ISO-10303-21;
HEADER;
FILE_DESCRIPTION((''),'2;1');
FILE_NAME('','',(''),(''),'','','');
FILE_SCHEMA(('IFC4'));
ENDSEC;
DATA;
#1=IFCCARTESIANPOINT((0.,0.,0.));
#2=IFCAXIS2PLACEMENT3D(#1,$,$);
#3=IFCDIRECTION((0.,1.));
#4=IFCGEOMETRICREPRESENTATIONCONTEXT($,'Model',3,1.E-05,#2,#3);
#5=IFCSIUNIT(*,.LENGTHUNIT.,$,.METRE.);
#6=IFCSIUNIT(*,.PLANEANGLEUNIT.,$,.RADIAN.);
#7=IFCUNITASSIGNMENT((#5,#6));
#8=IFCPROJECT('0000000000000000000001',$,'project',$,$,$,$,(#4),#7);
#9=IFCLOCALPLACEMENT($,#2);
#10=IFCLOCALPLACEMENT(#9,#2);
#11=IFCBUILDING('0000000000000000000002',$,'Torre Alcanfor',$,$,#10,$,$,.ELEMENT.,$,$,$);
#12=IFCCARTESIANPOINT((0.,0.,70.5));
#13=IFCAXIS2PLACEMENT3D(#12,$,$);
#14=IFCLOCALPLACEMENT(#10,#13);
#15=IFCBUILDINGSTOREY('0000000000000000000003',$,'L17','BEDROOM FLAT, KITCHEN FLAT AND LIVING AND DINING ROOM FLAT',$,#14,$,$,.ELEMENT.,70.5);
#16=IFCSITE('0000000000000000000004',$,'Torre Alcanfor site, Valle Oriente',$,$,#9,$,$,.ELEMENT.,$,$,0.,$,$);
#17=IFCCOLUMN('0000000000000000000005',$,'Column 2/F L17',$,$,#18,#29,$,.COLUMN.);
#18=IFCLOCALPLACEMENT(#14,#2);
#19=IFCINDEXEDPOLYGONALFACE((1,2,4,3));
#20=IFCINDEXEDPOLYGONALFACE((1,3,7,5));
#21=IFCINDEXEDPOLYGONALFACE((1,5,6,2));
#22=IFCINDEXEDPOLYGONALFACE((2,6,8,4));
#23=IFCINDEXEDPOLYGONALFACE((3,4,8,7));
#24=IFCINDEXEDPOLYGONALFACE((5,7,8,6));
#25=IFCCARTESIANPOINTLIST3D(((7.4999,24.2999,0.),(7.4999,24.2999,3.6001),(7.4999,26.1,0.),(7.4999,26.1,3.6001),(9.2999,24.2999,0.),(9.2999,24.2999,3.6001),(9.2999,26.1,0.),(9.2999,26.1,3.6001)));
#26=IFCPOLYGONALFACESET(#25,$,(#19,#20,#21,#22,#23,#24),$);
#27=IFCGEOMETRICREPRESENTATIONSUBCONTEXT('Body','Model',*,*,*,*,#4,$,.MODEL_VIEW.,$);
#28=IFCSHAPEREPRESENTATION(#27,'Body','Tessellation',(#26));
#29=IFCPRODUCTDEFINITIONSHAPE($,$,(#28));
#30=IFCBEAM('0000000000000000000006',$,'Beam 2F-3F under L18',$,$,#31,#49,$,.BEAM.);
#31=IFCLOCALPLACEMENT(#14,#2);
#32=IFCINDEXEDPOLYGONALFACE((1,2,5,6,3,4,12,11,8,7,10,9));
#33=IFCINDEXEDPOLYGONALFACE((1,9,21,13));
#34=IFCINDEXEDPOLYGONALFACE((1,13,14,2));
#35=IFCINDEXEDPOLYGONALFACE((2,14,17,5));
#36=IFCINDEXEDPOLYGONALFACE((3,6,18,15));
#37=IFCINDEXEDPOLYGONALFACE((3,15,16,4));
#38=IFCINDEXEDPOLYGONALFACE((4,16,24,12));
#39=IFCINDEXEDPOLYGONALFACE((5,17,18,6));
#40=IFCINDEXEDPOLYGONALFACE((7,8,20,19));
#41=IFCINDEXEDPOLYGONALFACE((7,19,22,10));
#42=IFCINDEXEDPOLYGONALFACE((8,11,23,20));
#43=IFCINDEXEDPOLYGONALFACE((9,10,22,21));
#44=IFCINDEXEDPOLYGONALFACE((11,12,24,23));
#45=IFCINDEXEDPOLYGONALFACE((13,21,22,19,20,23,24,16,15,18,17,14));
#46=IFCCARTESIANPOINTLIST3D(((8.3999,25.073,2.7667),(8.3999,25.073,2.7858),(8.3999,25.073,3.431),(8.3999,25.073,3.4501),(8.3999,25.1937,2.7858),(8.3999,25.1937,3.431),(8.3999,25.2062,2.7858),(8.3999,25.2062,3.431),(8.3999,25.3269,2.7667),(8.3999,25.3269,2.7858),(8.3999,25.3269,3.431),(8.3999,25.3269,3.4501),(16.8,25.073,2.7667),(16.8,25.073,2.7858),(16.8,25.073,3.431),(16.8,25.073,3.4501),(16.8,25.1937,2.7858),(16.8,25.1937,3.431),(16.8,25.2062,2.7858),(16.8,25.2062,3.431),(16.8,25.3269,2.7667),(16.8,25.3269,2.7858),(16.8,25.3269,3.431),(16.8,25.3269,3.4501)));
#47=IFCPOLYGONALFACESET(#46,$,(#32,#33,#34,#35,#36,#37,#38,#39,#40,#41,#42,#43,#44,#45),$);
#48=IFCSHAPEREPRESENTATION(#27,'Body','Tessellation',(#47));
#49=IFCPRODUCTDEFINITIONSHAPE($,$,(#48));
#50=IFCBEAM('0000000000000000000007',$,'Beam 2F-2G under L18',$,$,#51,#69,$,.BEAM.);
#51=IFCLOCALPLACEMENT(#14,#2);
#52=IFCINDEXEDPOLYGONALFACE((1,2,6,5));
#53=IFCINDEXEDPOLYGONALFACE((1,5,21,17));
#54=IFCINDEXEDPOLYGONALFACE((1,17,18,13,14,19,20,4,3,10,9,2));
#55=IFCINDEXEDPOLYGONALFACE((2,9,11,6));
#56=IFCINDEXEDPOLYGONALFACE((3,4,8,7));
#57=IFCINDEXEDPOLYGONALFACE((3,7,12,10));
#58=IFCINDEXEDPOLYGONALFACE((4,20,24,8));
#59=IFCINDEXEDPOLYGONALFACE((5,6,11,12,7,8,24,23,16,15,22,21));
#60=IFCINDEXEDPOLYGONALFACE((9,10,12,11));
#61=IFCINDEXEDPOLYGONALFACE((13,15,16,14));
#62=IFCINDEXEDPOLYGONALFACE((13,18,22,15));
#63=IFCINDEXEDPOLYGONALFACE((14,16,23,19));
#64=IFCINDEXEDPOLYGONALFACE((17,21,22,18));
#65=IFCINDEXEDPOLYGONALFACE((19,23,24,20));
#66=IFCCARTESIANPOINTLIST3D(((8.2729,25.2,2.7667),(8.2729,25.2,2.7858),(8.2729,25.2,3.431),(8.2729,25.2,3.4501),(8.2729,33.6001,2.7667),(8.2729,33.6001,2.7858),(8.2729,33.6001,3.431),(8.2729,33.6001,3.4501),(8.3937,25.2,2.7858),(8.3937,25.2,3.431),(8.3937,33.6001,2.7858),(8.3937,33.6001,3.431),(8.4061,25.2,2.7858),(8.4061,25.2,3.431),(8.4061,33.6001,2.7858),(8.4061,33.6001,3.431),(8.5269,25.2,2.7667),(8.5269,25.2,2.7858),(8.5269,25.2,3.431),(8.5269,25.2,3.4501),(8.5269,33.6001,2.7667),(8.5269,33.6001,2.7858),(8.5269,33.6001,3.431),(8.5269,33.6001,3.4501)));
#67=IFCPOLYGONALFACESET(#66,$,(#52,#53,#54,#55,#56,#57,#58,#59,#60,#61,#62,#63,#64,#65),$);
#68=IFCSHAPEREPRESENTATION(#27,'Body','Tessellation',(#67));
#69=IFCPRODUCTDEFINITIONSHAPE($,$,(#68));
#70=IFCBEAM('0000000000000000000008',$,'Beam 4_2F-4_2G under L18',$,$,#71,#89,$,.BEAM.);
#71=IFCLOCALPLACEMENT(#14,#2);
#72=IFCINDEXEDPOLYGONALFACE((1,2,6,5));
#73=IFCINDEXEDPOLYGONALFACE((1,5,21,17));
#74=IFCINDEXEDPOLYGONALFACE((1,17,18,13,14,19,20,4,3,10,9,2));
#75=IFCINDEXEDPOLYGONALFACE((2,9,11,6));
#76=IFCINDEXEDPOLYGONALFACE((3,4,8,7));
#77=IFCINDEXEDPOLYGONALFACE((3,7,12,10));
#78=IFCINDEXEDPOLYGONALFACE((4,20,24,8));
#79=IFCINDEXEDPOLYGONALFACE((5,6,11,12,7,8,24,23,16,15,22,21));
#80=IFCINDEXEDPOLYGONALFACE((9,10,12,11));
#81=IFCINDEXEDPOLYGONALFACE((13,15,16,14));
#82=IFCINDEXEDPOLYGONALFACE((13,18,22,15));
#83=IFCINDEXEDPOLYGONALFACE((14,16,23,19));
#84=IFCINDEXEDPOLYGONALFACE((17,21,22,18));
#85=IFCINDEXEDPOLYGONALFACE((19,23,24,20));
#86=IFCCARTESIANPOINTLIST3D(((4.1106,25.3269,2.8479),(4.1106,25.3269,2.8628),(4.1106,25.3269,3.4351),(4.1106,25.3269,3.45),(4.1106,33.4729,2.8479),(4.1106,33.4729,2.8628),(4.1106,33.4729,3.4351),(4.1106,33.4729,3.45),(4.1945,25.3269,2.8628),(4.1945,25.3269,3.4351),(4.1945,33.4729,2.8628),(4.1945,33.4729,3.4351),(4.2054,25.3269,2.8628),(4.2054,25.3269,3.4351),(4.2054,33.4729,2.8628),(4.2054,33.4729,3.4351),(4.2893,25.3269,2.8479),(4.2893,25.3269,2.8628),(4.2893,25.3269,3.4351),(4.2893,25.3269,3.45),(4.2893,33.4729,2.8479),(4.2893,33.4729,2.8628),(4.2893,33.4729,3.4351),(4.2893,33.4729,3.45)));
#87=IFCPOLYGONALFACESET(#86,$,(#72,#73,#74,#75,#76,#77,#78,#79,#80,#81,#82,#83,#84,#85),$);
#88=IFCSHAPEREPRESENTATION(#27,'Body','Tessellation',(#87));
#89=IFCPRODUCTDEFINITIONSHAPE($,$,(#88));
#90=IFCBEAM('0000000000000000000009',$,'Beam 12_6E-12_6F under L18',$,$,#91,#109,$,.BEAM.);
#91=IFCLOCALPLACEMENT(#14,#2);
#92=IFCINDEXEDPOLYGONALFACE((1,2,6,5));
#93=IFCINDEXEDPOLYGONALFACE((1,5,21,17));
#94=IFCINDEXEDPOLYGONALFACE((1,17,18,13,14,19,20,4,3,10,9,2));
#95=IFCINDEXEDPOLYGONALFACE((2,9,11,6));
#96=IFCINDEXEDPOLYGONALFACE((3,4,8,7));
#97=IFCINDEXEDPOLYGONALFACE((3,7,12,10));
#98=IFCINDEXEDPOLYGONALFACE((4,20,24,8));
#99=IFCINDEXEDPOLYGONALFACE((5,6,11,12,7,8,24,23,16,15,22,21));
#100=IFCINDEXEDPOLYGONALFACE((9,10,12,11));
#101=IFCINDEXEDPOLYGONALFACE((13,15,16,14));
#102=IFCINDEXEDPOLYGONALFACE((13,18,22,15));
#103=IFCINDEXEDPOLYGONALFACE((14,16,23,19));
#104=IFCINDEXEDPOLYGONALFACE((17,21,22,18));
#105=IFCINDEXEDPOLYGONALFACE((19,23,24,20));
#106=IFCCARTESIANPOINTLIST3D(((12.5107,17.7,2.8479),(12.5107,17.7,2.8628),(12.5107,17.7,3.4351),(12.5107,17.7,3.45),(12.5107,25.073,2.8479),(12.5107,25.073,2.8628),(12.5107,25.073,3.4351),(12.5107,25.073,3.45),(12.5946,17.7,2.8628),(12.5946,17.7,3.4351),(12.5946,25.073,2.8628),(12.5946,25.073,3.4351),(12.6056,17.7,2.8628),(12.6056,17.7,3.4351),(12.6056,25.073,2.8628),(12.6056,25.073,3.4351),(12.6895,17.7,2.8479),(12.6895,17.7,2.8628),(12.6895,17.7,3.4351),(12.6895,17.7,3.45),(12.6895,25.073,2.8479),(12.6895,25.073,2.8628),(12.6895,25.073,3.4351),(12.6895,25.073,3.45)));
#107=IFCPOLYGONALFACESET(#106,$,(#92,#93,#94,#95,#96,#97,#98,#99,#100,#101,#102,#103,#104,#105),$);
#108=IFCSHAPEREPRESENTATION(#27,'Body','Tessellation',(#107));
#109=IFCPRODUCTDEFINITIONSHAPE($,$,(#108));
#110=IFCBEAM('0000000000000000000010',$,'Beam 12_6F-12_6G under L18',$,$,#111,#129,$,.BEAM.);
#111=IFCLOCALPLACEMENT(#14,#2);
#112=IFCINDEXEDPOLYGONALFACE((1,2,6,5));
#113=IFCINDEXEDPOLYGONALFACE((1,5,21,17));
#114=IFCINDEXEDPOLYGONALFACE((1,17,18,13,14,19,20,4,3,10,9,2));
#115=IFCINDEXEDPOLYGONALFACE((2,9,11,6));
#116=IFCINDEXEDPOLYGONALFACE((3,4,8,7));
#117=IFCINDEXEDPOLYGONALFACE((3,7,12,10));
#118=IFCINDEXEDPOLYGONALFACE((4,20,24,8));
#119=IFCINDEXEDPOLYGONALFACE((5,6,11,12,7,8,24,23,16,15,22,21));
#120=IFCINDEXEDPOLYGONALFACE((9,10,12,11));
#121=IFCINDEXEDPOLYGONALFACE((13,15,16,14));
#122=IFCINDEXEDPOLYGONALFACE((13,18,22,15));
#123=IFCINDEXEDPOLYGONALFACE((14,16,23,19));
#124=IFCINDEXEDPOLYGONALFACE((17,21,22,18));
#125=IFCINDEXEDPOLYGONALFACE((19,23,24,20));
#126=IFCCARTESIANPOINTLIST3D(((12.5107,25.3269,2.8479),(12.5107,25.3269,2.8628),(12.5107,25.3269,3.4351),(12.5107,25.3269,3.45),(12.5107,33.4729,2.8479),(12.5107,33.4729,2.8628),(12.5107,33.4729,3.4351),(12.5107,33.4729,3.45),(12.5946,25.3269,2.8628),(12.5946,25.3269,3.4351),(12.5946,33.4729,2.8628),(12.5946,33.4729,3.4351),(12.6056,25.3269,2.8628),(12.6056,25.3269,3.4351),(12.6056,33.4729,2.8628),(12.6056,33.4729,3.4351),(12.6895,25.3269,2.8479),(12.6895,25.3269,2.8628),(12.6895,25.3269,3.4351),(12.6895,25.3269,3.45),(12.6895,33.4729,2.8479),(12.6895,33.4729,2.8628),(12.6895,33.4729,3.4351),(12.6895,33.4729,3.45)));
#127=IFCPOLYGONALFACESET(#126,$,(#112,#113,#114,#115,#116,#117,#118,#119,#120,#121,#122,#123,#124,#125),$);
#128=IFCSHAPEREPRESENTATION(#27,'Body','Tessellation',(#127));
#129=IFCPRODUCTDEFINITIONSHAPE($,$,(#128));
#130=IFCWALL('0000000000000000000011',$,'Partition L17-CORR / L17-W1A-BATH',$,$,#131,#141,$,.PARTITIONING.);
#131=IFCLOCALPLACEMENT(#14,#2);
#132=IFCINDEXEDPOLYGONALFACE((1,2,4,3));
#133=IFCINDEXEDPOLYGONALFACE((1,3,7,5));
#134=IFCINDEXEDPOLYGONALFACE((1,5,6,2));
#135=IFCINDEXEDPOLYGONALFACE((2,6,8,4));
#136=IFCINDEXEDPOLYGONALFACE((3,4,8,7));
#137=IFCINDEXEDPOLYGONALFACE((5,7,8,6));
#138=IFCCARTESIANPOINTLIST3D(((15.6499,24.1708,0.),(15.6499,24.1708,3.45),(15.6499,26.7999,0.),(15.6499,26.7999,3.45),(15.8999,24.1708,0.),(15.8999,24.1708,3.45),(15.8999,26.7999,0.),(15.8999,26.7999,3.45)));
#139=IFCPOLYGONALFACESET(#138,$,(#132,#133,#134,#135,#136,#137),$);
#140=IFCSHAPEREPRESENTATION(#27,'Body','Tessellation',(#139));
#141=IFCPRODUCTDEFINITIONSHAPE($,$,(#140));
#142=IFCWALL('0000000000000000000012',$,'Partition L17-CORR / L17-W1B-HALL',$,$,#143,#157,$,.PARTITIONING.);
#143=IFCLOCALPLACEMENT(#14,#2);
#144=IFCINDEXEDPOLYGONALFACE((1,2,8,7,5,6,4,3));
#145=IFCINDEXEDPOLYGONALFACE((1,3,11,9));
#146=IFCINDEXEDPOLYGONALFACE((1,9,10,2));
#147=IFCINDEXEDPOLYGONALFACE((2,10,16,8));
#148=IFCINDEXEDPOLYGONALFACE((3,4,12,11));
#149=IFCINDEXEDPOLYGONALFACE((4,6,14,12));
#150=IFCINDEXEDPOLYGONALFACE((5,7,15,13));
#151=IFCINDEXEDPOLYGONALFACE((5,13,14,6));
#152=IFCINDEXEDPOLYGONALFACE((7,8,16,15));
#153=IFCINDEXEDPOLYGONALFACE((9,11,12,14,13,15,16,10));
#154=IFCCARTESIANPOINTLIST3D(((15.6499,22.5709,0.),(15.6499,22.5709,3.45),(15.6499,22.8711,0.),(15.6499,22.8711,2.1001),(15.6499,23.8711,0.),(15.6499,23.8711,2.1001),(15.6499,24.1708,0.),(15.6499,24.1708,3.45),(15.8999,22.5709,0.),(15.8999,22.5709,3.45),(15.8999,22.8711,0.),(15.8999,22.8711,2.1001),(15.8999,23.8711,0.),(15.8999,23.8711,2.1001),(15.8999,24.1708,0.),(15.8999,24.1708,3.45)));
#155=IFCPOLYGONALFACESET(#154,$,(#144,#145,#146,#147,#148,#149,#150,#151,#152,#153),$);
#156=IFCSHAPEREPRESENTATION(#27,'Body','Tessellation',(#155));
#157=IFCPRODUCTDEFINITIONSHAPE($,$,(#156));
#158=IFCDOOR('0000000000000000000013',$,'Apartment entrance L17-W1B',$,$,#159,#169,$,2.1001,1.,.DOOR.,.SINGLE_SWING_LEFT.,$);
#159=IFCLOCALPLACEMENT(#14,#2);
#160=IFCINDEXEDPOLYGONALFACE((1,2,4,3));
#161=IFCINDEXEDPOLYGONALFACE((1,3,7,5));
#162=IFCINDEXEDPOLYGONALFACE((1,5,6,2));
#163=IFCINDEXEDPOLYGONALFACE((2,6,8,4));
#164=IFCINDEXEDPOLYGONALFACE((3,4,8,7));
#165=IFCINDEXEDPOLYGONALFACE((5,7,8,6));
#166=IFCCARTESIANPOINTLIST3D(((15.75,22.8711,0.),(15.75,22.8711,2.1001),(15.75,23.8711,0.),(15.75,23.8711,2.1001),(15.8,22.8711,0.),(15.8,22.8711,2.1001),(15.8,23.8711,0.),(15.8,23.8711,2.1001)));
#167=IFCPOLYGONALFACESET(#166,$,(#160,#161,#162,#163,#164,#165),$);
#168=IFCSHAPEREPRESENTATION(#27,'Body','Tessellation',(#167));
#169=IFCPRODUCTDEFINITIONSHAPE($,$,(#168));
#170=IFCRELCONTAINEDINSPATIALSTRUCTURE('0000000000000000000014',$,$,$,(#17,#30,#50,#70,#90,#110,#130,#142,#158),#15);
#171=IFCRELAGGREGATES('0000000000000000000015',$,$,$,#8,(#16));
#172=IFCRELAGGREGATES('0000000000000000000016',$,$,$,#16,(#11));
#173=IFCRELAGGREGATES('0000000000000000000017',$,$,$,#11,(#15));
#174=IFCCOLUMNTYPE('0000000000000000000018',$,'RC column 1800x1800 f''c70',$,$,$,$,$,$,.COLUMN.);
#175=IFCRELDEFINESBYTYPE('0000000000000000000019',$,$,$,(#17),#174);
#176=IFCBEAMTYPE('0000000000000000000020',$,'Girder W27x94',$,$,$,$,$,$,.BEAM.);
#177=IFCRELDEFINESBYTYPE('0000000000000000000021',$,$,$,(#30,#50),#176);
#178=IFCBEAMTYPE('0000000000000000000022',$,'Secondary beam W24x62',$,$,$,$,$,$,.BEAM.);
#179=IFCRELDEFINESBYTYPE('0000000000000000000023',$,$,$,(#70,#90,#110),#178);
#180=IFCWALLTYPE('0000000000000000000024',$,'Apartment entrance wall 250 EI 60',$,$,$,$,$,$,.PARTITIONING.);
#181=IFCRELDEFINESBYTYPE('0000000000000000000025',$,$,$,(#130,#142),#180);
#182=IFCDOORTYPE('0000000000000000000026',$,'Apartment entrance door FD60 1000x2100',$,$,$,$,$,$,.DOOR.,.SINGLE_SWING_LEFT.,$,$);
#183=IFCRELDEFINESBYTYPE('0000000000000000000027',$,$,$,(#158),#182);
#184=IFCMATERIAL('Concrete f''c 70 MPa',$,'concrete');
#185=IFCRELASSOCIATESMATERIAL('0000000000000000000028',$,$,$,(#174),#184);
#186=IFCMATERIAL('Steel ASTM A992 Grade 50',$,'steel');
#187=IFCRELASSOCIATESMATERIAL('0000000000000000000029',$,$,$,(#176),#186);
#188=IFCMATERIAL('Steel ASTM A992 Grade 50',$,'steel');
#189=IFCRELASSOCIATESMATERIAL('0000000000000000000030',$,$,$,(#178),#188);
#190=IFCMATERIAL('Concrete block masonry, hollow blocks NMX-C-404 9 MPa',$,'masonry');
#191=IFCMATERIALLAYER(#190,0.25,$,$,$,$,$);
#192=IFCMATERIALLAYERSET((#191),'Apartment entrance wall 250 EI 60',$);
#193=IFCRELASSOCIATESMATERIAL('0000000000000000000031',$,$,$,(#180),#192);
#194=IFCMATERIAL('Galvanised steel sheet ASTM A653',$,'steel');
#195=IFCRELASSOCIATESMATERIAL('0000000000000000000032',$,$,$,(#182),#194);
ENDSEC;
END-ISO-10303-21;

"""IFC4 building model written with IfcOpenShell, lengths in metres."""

from ifc_helpers import new_model, si_unit, direction, frame, frame_2d, origin, origin_2d, place, context, subcontext, project, spatial, rectangle, i_section, extrude, material, layer, layer_set, material_profile, profile_set, type_object, element, fill, save


model = new_model("IFC4")

# Units and contexts
model_context = context("Model", 3, precision=1e-05, world=origin(), true_north=direction((0.0, 1.0)))
body_context = subcontext(model_context, "Body", "Model", "MODEL_VIEW")
ifc_project = project(units=[si_unit("LENGTHUNIT", "METRE"), si_unit("PLANEANGLEUNIT", "RADIAN")], contexts=[model_context])

# Site, building, storey
site_placement = place(None, origin())
site = spatial("IfcSite", under=ifc_project, at=site_placement, Name="Torre Alcanfor site, Valle Oriente", CompositionType="ELEMENT", RefElevation=0.0)
building_placement = place(site_placement, origin())
building = spatial("IfcBuilding", under=site, at=building_placement, Name="Torre Alcanfor", CompositionType="ELEMENT")
storey_placement = place(building_placement, frame((0.0, 0.0, 70.5)))
storey = spatial("IfcBuildingStorey", under=building, at=storey_placement, Name="L17", Description="BEDROOM FLAT, KITCHEN FLAT AND LIVING AND DINING ROOM FLAT", CompositionType="ELEMENT", Elevation=70.5)

# Column
ifc_material_1 = material(Name="Concrete f'c 70 MPa", Category="concrete")
ifc_material_profile_1 = material_profile(ifc_material_1, rectangle(XDim=1.8, YDim=1.8, at=origin_2d()), Name="1800x1800")
ifc_profile_set_1 = profile_set([ifc_material_profile_1], Name="Concrete f'c 70 MPa")
column_type = type_object("IfcColumnType", Name="RC column 1800x1800 f'c70", PredefinedType="COLUMN", material=ifc_profile_set_1)
column_placement = place(storey_placement, frame((8.3999, 25.2, 0.0), z_axis=(0.0, 0.0, 1.0), x_axis=(1.0, 0.0, 0.0)))
element("IfcColumn", 1, at=column_placement, inside=storey, type_object=column_type, Name="Column 2/F L17", PredefinedType="COLUMN", context=body_context, shape_type="SweptSolid", body=[
    extrude(rectangle(XDim=1.8, YDim=1.8, at=origin_2d()), origin(), (0.0, 0.0, 1.0), 3.6001),
])

# Beams
ifc_material_2 = material(Name="Steel ASTM A992 Grade 50", Category="steel")
ifc_material_profile_2 = material_profile(ifc_material_2, i_section(OverallWidth=0.2539, OverallDepth=0.6833, WebThickness=0.0125, FlangeThickness=0.019, at=origin_2d()), Name="W27x94")
ifc_profile_set_2 = profile_set([ifc_material_profile_2], Name="Steel ASTM A992 Grade 50")
beam_type_1 = type_object("IfcBeamType", Name="Girder W27x94", PredefinedType="BEAM", material=ifc_profile_set_2)
for number, where, z_axis, x_axis, name in (
    (2, (8.3999, 25.2, 3.1084), (1.0, 0.0, 0.0), (0.0, 1.0, 0.0), "Beam 2F-3F under L18"),
    (3, (8.3999, 25.2, 3.1084), (0.0, 1.0, 0.0), (-1.0, 0.0, 0.0), "Beam 2F-2G under L18"),
):
    element("IfcBeam", number, at=place(storey_placement, frame(where, z_axis=z_axis, x_axis=x_axis)), inside=storey, type_object=beam_type_1, Name=name, PredefinedType="BEAM", context=body_context, shape_type="SweptSolid", body=[
        extrude(i_section(OverallWidth=0.2539, OverallDepth=0.6833, WebThickness=0.0125, FlangeThickness=0.019, at=origin_2d()), origin(), (0.0, 0.0, 1.0), 8.4001),
    ])
ifc_material_3 = material(Name="Steel ASTM A992 Grade 50", Category="steel")
ifc_material_profile_3 = material_profile(ifc_material_3, i_section(OverallWidth=0.1787, OverallDepth=0.6021, WebThickness=0.011, FlangeThickness=0.0149, at=origin_2d()), Name="W24x62")
ifc_profile_set_3 = profile_set([ifc_material_profile_3], Name="Steel ASTM A992 Grade 50")
beam_type_2 = type_object("IfcBeamType", Name="Secondary beam W24x62", PredefinedType="BEAM", material=ifc_profile_set_3)
beam_1_placement = place(storey_placement, frame((4.2, 25.3269, 3.1489), z_axis=(0.0, 1.0, 0.0), x_axis=(-1.0, 0.0, 0.0)))
element("IfcBeam", 4, at=beam_1_placement, inside=storey, type_object=beam_type_2, Name="Beam 4_2F-4_2G under L18", PredefinedType="BEAM", context=body_context, shape_type="SweptSolid", body=[
    extrude(i_section(OverallWidth=0.1787, OverallDepth=0.6021, WebThickness=0.011, FlangeThickness=0.0149, at=origin_2d()), origin(), (0.0, 0.0, 1.0), 8.146),
])
beam_2_placement = place(storey_placement, frame((12.6001, 17.7, 3.1489), z_axis=(0.0, 1.0, 0.0), x_axis=(-1.0, 0.0, 0.0)))
element("IfcBeam", 5, at=beam_2_placement, inside=storey, type_object=beam_type_2, Name="Beam 12_6E-12_6F under L18", PredefinedType="BEAM", context=body_context, shape_type="SweptSolid", body=[
    extrude(i_section(OverallWidth=0.1787, OverallDepth=0.6021, WebThickness=0.011, FlangeThickness=0.0149, at=origin_2d()), origin(), (0.0, 0.0, 1.0), 7.373),
])
beam_3_placement = place(storey_placement, frame((12.6001, 25.3269, 3.1489), z_axis=(0.0, 1.0, 0.0), x_axis=(-1.0, 0.0, 0.0)))
element("IfcBeam", 6, at=beam_3_placement, inside=storey, type_object=beam_type_2, Name="Beam 12_6F-12_6G under L18", PredefinedType="BEAM", context=body_context, shape_type="SweptSolid", body=[
    extrude(i_section(OverallWidth=0.1787, OverallDepth=0.6021, WebThickness=0.011, FlangeThickness=0.0149, at=origin_2d()), origin(), (0.0, 0.0, 1.0), 8.146),
])

# Wall
ifc_material_4 = material(Name="Concrete block masonry, hollow blocks NMX-C-404 9 MPa", Category="masonry")
ifc_layer_1 = layer(ifc_material_4, 0.25)
ifc_layer_set_1 = layer_set([ifc_layer_1], Name="Apartment entrance wall 250 EI 60")
wall_type_1 = type_object("IfcWallType", Name="Apartment entrance wall 250 EI 60", PredefinedType="PARTITIONING", material=ifc_layer_set_1)
wall_1_placement = place(storey_placement, frame((15.7749, 24.1709, 0.0), z_axis=(0.0, 0.0, 1.0), x_axis=(0.0, 1.0, 0.0)))
element("IfcWall", 7, at=wall_1_placement, inside=storey, type_object=wall_type_1, Name="Partition L17-CORR / L17-W1A-BATH", PredefinedType="PARTITIONING", context=body_context, shape_type="SweptSolid", body=[
    extrude(rectangle(XDim=2.6292, YDim=0.25, at=frame_2d((1.3145, 0.0))), origin(), (0.0, 0.0, 1.0), 3.45),
])

# Wall, opening, door
wall_2_placement = place(storey_placement, frame((15.7749, 22.571, 0.0), z_axis=(0.0, 0.0, 1.0), x_axis=(0.0, 1.0, 0.0)))
wall_2 = element("IfcWall", 8, at=wall_2_placement, inside=storey, type_object=wall_type_1, Name="Partition L17-CORR / L17-W1B-HALL", PredefinedType="PARTITIONING", context=body_context, shape_type="SweptSolid", body=[
    extrude(rectangle(XDim=1.5999, YDim=0.25, at=frame_2d((0.7998, 0.0))), origin(), (0.0, 0.0, 1.0), 3.45),
])
opening_1_placement = place(wall_2_placement, frame((0.3, 0.0, 0.0)))
opening_1 = element("IfcOpeningElement", 9, at=opening_1_placement, cuts=wall_2, PredefinedType="OPENING", context=body_context, shape_type="SweptSolid", body=[
    extrude(rectangle(XDim=1.0, YDim=2.1001, at=frame_2d((0.5, 1.05))), frame((0.0, 0.135, 0.0), z_axis=(0.0, -1.0, 0.0), x_axis=(1.0, 0.0, 0.0)), (0.0, 0.0, 1.0), 0.27),
])
ifc_material_5 = material(Name="Galvanised steel sheet ASTM A653", Category="steel")
door_type_1 = type_object("IfcDoorType", Name="Apartment entrance door FD60 1000x2100", OperationType="SINGLE_SWING_LEFT", PredefinedType="DOOR", material=ifc_material_5)
door_1_placement = place(opening_1_placement, origin())
door_1 = element("IfcDoor", 10, at=door_1_placement, inside=storey, type_object=door_type_1, Name="Apartment entrance L17-W1B", OperationType="SINGLE_SWING_LEFT", OverallHeight=2.1001, OverallWidth=1.0, PredefinedType="DOOR", context=body_context, shape_type="SweptSolid", body=[
    extrude(rectangle(XDim=1.0, YDim=2.1001, at=frame_2d((0.5, 1.05))), frame((0.0, 0.0249, 0.0), z_axis=(0.0, -1.0, 0.0), x_axis=(1.0, 0.0, 0.0)), (0.0, 0.0, 1.0), 0.05),
])
fill(opening_1, door_1)

save(model, "model.ifc")
